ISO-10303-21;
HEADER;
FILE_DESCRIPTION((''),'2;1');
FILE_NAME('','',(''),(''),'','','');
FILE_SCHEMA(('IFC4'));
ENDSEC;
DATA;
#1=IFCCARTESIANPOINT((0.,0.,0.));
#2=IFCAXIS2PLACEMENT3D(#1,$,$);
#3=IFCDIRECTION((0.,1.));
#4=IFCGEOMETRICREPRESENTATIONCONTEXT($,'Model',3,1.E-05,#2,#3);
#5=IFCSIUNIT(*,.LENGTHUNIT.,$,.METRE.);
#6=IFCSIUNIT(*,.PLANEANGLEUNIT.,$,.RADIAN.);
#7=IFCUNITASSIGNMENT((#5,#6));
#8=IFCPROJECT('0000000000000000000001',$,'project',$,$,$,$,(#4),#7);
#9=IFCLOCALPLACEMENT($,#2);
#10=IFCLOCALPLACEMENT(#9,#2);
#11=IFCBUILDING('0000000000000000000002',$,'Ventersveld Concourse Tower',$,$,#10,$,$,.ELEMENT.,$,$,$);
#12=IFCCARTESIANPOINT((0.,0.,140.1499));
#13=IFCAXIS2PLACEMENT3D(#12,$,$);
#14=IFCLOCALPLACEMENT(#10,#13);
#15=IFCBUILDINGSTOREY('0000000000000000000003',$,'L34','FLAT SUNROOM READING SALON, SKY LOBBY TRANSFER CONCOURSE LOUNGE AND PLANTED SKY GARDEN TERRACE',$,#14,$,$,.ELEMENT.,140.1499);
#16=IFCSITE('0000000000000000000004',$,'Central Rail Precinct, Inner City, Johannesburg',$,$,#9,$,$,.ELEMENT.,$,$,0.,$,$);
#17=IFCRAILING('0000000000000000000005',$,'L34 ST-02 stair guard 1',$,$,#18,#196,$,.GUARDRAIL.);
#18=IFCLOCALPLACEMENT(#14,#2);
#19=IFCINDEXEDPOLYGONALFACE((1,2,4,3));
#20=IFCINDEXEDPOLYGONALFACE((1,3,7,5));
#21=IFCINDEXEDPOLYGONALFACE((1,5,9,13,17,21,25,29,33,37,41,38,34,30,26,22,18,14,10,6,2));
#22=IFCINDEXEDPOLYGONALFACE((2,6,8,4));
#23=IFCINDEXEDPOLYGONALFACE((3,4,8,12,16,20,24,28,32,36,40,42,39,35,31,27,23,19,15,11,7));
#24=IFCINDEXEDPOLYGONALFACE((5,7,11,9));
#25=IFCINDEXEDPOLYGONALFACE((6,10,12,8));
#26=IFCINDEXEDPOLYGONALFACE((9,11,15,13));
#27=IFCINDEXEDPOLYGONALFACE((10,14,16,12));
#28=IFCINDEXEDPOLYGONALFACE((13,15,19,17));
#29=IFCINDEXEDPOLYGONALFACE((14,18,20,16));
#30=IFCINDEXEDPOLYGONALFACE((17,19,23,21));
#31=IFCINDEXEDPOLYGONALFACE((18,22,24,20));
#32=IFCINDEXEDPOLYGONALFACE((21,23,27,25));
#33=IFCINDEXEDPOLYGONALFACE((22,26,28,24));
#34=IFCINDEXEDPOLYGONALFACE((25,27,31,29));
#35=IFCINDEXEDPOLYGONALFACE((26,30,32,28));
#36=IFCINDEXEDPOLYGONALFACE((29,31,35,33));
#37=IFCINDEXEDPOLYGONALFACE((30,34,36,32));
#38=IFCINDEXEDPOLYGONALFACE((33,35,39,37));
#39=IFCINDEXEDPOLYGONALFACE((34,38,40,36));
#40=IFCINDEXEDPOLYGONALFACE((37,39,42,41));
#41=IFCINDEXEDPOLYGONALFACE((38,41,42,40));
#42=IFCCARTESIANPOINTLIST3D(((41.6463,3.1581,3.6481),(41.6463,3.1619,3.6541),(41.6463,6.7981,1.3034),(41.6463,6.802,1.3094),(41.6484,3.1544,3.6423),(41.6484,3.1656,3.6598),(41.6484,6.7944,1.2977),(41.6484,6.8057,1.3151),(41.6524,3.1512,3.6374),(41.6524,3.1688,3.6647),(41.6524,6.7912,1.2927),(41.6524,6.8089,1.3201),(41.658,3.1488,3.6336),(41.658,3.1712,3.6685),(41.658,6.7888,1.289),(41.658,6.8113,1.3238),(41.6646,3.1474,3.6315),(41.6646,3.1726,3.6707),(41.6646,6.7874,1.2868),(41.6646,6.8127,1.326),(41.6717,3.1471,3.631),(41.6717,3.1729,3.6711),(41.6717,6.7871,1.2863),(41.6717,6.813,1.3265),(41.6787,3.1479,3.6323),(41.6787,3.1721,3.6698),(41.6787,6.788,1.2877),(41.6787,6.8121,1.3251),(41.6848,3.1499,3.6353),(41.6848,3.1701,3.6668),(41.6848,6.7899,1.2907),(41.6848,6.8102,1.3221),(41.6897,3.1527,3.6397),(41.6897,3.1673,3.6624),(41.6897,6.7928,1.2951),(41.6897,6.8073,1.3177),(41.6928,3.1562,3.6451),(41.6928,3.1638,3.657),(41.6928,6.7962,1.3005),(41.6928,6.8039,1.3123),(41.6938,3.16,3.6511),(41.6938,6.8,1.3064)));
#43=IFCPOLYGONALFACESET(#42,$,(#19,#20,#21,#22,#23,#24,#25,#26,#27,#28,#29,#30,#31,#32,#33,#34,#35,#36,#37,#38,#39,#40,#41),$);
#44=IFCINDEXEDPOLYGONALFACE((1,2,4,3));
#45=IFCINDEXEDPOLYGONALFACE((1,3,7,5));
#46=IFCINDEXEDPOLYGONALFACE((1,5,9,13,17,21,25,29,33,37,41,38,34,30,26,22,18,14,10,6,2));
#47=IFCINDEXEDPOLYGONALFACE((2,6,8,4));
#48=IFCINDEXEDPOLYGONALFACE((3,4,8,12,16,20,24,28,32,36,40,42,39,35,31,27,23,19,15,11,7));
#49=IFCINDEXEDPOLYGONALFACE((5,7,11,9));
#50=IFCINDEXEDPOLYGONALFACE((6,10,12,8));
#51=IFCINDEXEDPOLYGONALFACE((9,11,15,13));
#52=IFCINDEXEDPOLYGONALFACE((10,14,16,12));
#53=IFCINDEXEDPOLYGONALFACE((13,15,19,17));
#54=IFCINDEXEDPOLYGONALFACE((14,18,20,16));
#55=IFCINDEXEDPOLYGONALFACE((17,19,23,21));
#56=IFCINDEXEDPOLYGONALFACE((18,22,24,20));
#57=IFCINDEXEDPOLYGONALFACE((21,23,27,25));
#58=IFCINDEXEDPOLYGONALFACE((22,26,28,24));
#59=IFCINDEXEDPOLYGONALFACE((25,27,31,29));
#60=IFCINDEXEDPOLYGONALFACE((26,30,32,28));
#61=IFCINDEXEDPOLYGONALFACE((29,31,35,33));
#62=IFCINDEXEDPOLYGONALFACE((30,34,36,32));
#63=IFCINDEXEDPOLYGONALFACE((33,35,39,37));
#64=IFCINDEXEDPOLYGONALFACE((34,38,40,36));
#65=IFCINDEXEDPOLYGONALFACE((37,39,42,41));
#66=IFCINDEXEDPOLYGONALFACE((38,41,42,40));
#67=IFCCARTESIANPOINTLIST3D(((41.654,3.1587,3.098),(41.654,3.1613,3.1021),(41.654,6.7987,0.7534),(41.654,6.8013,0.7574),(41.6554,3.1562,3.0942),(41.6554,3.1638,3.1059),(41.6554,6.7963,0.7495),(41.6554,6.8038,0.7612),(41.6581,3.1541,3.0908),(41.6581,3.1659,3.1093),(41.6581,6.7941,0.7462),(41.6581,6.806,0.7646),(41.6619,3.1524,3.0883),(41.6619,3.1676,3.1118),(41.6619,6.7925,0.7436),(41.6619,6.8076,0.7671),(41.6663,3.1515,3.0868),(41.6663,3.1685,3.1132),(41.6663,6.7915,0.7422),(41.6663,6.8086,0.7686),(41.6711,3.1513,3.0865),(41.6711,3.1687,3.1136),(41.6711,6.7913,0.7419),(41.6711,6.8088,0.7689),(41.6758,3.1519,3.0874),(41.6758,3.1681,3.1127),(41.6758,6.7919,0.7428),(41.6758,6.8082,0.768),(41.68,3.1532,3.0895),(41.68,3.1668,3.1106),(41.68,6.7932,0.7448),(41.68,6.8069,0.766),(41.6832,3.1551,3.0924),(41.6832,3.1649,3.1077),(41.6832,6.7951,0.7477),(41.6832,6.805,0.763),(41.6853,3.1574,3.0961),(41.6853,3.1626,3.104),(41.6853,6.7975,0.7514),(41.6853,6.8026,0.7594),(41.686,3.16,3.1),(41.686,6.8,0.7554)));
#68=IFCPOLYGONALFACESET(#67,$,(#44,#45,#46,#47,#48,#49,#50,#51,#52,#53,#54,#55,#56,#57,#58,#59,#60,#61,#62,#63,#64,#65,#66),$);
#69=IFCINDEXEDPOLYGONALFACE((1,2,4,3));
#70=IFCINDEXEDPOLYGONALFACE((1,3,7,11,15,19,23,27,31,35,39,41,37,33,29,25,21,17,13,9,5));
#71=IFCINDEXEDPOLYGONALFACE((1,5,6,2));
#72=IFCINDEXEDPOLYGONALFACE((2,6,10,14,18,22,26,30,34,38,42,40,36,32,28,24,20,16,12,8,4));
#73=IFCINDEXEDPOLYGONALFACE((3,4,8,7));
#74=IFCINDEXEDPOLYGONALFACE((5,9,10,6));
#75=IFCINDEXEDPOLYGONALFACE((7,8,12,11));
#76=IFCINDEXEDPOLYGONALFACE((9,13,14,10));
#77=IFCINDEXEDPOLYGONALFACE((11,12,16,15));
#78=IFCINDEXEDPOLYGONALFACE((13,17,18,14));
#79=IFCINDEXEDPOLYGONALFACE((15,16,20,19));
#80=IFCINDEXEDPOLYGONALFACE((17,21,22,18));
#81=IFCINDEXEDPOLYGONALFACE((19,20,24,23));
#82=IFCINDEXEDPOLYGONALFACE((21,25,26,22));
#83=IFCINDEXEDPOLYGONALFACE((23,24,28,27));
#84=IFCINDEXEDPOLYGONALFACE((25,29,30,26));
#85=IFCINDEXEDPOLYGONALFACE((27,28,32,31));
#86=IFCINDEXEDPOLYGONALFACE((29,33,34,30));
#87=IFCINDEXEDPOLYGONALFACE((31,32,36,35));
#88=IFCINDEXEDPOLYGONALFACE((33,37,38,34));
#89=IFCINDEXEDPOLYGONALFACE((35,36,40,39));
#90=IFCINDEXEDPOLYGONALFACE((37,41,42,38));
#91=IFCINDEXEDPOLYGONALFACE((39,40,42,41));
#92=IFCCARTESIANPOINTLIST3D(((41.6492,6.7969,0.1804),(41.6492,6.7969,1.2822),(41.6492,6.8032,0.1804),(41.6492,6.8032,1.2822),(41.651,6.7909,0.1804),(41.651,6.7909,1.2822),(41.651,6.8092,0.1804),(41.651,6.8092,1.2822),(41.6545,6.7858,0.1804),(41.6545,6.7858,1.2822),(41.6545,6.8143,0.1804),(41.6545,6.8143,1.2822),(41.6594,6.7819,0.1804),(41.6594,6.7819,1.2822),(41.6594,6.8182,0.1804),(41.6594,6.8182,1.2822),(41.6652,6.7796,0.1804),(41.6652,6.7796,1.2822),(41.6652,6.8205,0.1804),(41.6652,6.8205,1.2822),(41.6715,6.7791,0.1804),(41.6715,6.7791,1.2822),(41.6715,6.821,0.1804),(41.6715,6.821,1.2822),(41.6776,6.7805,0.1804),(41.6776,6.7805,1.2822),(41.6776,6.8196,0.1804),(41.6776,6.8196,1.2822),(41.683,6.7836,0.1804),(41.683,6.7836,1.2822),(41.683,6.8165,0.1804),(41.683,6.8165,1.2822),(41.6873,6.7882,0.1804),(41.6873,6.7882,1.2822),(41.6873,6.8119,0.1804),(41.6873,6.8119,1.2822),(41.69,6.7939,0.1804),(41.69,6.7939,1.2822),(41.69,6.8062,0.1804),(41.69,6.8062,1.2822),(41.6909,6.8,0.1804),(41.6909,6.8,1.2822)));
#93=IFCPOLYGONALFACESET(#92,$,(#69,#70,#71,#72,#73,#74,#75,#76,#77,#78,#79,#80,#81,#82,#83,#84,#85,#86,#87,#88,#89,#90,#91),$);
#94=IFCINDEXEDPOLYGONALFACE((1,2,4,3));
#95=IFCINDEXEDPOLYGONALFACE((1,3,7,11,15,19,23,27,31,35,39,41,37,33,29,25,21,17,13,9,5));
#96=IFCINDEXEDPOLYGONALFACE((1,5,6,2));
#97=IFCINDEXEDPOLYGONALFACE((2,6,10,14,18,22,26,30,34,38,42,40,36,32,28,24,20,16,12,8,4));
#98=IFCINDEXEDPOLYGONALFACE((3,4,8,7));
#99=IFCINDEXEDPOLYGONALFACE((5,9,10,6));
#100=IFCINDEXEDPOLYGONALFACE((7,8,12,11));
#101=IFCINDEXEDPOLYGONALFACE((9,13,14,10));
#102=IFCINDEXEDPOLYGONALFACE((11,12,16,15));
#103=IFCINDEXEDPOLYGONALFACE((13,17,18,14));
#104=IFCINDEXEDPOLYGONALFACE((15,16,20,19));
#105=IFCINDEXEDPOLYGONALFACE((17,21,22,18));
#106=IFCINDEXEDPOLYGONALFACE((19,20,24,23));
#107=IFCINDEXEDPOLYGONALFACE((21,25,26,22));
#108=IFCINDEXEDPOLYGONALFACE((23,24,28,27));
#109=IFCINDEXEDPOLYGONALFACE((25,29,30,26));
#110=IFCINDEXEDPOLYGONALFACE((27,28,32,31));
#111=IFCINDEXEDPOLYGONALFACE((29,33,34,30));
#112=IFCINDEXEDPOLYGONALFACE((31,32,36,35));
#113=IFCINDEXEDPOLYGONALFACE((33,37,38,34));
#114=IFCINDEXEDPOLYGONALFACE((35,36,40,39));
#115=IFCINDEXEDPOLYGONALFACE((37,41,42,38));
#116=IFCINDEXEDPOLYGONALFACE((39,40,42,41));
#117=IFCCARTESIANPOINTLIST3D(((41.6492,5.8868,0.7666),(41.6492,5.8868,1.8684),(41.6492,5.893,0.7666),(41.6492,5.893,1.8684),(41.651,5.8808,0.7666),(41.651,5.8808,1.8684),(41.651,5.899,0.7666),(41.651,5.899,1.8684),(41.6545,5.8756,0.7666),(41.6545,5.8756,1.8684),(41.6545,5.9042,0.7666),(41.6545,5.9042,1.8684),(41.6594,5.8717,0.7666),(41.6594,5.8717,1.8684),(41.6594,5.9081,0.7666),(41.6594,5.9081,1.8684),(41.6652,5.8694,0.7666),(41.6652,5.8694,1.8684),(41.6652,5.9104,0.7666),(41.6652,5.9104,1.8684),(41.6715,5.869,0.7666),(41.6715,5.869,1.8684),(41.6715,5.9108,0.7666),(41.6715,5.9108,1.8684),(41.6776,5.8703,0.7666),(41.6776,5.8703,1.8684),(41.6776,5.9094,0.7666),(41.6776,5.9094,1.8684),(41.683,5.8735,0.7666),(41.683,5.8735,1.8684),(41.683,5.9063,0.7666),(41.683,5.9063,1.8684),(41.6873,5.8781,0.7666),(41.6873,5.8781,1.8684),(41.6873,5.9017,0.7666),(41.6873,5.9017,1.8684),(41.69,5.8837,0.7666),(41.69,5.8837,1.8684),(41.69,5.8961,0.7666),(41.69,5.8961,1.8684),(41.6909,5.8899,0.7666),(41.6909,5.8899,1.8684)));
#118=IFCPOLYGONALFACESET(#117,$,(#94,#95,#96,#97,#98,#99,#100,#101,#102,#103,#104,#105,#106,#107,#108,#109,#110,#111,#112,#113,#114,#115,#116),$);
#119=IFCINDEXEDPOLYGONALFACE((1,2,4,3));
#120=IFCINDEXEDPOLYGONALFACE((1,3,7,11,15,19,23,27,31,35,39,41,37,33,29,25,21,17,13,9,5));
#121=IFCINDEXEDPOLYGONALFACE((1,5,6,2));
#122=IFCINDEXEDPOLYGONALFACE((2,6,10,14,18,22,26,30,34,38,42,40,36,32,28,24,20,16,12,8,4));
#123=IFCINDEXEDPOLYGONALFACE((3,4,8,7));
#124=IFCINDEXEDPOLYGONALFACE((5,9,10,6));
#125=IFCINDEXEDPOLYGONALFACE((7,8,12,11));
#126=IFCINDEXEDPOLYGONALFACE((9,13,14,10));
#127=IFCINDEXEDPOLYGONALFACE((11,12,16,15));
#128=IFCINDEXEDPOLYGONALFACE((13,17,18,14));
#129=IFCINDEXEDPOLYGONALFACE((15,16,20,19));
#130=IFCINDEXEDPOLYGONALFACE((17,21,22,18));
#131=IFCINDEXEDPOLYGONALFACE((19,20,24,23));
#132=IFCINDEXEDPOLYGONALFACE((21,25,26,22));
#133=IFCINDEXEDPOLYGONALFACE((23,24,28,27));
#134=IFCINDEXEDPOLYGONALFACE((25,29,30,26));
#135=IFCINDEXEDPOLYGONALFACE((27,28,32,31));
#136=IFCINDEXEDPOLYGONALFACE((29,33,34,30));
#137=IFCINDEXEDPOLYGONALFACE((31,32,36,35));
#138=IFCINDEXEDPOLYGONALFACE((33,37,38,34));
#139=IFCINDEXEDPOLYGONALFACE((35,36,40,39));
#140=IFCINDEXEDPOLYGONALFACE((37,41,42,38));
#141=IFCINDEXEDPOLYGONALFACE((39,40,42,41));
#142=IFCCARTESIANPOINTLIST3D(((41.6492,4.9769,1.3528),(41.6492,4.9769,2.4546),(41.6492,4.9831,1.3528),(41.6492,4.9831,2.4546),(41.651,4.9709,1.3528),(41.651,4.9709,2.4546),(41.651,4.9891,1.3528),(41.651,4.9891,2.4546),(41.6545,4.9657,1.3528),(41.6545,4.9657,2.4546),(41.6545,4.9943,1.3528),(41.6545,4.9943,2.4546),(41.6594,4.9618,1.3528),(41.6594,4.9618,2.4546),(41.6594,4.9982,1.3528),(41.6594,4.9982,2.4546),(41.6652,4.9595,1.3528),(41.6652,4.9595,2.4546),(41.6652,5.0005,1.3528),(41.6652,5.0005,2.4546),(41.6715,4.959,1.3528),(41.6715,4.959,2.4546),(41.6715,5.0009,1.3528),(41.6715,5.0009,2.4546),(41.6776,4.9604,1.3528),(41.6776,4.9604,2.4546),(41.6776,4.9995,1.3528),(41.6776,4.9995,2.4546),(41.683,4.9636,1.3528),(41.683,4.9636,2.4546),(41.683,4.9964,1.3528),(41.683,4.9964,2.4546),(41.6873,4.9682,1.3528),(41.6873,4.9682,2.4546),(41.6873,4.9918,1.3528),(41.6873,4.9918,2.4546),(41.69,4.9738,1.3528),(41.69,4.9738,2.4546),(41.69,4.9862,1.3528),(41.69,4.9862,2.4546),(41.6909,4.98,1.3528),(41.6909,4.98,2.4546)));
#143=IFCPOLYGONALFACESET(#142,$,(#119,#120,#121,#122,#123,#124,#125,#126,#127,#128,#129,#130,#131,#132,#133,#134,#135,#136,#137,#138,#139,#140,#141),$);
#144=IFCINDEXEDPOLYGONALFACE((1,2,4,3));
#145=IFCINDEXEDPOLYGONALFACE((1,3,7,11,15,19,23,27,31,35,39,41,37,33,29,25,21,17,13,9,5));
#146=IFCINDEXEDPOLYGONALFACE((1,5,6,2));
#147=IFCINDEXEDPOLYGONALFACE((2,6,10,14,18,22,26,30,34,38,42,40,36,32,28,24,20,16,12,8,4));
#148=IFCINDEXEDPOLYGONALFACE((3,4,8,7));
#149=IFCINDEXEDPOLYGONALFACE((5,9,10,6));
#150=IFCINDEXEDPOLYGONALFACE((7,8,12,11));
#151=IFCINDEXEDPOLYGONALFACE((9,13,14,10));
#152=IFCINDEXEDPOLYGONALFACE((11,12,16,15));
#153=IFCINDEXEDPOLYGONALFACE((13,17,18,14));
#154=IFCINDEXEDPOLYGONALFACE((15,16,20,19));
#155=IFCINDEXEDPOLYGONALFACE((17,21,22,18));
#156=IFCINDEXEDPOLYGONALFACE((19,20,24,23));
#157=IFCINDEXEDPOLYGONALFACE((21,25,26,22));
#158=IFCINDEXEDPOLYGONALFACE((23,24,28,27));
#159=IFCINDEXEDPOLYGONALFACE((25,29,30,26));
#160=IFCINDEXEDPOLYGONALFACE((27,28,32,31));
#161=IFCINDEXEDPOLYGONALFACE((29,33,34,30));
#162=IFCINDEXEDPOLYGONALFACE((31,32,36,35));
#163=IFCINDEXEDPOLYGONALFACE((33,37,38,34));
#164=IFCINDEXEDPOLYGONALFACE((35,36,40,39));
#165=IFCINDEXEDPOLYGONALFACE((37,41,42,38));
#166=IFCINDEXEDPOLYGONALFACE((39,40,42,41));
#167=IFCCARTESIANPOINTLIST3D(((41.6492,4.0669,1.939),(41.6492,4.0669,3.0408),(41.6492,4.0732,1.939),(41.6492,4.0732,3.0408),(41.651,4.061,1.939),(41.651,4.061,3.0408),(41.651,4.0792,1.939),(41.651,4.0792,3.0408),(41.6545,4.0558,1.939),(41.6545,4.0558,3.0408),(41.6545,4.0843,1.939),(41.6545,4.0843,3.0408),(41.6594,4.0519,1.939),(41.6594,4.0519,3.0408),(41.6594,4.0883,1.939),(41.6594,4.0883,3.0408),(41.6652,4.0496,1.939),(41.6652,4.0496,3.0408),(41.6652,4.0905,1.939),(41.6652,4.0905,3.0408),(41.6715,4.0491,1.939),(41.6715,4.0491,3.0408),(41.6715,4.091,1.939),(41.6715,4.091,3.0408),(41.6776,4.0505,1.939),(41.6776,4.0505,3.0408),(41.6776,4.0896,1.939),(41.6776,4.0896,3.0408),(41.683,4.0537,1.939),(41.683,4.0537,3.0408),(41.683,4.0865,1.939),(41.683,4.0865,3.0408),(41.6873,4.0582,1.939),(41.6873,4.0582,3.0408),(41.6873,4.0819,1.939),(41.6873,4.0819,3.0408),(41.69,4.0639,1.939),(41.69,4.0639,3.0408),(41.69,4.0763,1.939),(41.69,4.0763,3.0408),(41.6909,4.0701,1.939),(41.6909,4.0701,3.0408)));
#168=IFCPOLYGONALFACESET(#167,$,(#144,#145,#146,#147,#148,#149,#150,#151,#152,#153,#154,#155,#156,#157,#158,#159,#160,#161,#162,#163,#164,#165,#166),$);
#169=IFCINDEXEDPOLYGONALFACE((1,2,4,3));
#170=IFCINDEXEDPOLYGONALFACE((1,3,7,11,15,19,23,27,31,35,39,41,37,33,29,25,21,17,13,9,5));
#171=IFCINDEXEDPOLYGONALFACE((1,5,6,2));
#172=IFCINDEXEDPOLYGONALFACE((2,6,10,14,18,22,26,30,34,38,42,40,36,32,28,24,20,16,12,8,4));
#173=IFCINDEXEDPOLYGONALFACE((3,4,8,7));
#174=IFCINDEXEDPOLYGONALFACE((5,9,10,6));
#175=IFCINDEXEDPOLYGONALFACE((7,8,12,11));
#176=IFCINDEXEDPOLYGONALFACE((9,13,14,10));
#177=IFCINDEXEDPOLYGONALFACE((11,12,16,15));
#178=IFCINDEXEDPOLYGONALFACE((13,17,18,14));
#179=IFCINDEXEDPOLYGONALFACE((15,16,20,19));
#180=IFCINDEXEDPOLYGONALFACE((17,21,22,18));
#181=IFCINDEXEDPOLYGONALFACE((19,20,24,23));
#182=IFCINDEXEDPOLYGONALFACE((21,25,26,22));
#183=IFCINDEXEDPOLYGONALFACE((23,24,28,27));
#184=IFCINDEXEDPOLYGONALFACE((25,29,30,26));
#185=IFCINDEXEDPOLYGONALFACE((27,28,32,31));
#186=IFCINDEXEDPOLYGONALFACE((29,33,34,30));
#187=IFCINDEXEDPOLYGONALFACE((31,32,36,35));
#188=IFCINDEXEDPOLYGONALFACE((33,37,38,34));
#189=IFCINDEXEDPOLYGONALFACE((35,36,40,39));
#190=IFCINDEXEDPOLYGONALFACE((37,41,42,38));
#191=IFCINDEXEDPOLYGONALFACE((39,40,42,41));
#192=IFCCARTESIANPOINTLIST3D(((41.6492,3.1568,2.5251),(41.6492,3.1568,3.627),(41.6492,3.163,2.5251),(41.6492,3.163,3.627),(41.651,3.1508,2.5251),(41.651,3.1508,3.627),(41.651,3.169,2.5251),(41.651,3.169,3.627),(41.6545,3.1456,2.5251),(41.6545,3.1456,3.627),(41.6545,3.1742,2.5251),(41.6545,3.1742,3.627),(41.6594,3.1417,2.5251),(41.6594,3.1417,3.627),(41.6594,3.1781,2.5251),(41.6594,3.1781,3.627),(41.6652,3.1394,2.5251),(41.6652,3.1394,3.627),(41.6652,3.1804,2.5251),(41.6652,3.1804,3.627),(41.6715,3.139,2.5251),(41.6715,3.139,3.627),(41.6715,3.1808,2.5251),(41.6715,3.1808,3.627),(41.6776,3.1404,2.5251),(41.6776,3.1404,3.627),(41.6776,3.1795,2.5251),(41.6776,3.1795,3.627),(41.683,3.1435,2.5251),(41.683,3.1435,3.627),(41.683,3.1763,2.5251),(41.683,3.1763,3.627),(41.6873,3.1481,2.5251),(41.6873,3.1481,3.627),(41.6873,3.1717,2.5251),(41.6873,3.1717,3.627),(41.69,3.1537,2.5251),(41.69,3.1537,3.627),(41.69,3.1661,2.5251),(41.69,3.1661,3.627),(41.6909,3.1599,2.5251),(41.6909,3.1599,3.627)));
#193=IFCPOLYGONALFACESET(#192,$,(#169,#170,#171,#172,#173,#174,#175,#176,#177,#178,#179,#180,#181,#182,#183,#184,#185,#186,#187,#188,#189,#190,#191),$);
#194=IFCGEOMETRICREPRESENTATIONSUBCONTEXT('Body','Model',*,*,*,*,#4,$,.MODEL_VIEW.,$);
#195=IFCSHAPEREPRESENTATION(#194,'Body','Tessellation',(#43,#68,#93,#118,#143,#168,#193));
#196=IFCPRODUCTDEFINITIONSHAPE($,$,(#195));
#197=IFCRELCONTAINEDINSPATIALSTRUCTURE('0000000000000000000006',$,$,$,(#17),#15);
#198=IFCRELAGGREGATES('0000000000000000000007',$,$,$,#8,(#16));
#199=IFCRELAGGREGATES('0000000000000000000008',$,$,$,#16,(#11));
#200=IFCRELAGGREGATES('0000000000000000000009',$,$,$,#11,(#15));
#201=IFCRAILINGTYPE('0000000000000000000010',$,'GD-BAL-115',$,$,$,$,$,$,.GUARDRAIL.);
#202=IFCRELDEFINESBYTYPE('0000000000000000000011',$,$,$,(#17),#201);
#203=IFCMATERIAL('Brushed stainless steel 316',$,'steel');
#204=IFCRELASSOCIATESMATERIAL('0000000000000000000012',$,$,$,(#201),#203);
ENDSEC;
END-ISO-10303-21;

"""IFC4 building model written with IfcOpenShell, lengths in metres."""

from ifc_helpers import new_model, si_unit, direction, frame, origin, origin_2d, place, context, subcontext, project, spatial, circle, extrude, material, type_object, element, save


model = new_model("IFC4")

# Units and contexts
model_context = context("Model", 3, precision=1e-05, world=origin(), true_north=direction((0.0, 1.0)))
body_context = subcontext(model_context, "Body", "Model", "MODEL_VIEW")
ifc_project = project(units=[si_unit("LENGTHUNIT", "METRE"), si_unit("PLANEANGLEUNIT", "RADIAN")], contexts=[model_context])

# Site, building, storey
site_placement = place(None, origin())
site = spatial("IfcSite", under=ifc_project, at=site_placement, Name="Central Rail Precinct, Inner City, Johannesburg", CompositionType="ELEMENT", RefElevation=0.0)
building_placement = place(site_placement, origin())
building = spatial("IfcBuilding", under=site, at=building_placement, Name="Ventersveld Concourse Tower", CompositionType="ELEMENT")
storey_placement = place(building_placement, frame((0.0, 0.0, 140.1499)))
storey = spatial("IfcBuildingStorey", under=building, at=storey_placement, Name="L34", Description="FLAT SUNROOM READING SALON, SKY LOBBY TRANSFER CONCOURSE LOUNGE AND PLANTED SKY GARDEN TERRACE", CompositionType="ELEMENT", Elevation=140.1499)

# Railing
ifc_material_1 = material(Name="Brushed stainless steel 316", Category="steel")
railing_type_1 = type_object("IfcRailingType", Name="GD-BAL-115", PredefinedType="GUARDRAIL", material=ifc_material_1)
railing_1_placement = place(storey_placement, frame((41.6699, 6.8, 0.1804)))
element("IfcRailing", 1, at=railing_1_placement, inside=storey, type_object=railing_type_1, Name="L34 ST-02 stair guard 1", PredefinedType="GUARDRAIL", context=body_context, shape_type="SweptSolid", body=[
    extrude(circle(Radius=0.0239, at=origin_2d()), frame((0.0, 0.0, 1.126), z_axis=(0.0, -0.840691, 0.541515), x_axis=(1.0, 0.0, 0.0)), (0.0, 0.0, 1.0), 4.3298),
    extrude(circle(Radius=0.0161, at=origin_2d()), frame((0.0, 0.0, 0.575), z_axis=(0.0, -0.840691, 0.541515), x_axis=(1.0, 0.0, 0.0)), (0.0, 0.0, 1.0), 4.3298),
    extrude(circle(Radius=0.021, at=origin_2d()), origin(), (0.0, 0.0, 1.0), 1.1018),
    extrude(circle(Radius=0.021, at=origin_2d()), frame((0.0, -0.9102, 0.5862)), (0.0, 0.0, 1.0), 1.1018),
    extrude(circle(Radius=0.021, at=origin_2d()), frame((0.0, -1.8201, 1.1724)), (0.0, 0.0, 1.0), 1.1018),
    extrude(circle(Radius=0.021, at=origin_2d()), frame((0.0, -2.73, 1.7585)), (0.0, 0.0, 1.0), 1.1018),
    extrude(circle(Radius=0.021, at=origin_2d()), frame((0.0, -3.6401, 2.3447)), (0.0, 0.0, 1.0), 1.1018),
])

save(model, "model.ifc")
